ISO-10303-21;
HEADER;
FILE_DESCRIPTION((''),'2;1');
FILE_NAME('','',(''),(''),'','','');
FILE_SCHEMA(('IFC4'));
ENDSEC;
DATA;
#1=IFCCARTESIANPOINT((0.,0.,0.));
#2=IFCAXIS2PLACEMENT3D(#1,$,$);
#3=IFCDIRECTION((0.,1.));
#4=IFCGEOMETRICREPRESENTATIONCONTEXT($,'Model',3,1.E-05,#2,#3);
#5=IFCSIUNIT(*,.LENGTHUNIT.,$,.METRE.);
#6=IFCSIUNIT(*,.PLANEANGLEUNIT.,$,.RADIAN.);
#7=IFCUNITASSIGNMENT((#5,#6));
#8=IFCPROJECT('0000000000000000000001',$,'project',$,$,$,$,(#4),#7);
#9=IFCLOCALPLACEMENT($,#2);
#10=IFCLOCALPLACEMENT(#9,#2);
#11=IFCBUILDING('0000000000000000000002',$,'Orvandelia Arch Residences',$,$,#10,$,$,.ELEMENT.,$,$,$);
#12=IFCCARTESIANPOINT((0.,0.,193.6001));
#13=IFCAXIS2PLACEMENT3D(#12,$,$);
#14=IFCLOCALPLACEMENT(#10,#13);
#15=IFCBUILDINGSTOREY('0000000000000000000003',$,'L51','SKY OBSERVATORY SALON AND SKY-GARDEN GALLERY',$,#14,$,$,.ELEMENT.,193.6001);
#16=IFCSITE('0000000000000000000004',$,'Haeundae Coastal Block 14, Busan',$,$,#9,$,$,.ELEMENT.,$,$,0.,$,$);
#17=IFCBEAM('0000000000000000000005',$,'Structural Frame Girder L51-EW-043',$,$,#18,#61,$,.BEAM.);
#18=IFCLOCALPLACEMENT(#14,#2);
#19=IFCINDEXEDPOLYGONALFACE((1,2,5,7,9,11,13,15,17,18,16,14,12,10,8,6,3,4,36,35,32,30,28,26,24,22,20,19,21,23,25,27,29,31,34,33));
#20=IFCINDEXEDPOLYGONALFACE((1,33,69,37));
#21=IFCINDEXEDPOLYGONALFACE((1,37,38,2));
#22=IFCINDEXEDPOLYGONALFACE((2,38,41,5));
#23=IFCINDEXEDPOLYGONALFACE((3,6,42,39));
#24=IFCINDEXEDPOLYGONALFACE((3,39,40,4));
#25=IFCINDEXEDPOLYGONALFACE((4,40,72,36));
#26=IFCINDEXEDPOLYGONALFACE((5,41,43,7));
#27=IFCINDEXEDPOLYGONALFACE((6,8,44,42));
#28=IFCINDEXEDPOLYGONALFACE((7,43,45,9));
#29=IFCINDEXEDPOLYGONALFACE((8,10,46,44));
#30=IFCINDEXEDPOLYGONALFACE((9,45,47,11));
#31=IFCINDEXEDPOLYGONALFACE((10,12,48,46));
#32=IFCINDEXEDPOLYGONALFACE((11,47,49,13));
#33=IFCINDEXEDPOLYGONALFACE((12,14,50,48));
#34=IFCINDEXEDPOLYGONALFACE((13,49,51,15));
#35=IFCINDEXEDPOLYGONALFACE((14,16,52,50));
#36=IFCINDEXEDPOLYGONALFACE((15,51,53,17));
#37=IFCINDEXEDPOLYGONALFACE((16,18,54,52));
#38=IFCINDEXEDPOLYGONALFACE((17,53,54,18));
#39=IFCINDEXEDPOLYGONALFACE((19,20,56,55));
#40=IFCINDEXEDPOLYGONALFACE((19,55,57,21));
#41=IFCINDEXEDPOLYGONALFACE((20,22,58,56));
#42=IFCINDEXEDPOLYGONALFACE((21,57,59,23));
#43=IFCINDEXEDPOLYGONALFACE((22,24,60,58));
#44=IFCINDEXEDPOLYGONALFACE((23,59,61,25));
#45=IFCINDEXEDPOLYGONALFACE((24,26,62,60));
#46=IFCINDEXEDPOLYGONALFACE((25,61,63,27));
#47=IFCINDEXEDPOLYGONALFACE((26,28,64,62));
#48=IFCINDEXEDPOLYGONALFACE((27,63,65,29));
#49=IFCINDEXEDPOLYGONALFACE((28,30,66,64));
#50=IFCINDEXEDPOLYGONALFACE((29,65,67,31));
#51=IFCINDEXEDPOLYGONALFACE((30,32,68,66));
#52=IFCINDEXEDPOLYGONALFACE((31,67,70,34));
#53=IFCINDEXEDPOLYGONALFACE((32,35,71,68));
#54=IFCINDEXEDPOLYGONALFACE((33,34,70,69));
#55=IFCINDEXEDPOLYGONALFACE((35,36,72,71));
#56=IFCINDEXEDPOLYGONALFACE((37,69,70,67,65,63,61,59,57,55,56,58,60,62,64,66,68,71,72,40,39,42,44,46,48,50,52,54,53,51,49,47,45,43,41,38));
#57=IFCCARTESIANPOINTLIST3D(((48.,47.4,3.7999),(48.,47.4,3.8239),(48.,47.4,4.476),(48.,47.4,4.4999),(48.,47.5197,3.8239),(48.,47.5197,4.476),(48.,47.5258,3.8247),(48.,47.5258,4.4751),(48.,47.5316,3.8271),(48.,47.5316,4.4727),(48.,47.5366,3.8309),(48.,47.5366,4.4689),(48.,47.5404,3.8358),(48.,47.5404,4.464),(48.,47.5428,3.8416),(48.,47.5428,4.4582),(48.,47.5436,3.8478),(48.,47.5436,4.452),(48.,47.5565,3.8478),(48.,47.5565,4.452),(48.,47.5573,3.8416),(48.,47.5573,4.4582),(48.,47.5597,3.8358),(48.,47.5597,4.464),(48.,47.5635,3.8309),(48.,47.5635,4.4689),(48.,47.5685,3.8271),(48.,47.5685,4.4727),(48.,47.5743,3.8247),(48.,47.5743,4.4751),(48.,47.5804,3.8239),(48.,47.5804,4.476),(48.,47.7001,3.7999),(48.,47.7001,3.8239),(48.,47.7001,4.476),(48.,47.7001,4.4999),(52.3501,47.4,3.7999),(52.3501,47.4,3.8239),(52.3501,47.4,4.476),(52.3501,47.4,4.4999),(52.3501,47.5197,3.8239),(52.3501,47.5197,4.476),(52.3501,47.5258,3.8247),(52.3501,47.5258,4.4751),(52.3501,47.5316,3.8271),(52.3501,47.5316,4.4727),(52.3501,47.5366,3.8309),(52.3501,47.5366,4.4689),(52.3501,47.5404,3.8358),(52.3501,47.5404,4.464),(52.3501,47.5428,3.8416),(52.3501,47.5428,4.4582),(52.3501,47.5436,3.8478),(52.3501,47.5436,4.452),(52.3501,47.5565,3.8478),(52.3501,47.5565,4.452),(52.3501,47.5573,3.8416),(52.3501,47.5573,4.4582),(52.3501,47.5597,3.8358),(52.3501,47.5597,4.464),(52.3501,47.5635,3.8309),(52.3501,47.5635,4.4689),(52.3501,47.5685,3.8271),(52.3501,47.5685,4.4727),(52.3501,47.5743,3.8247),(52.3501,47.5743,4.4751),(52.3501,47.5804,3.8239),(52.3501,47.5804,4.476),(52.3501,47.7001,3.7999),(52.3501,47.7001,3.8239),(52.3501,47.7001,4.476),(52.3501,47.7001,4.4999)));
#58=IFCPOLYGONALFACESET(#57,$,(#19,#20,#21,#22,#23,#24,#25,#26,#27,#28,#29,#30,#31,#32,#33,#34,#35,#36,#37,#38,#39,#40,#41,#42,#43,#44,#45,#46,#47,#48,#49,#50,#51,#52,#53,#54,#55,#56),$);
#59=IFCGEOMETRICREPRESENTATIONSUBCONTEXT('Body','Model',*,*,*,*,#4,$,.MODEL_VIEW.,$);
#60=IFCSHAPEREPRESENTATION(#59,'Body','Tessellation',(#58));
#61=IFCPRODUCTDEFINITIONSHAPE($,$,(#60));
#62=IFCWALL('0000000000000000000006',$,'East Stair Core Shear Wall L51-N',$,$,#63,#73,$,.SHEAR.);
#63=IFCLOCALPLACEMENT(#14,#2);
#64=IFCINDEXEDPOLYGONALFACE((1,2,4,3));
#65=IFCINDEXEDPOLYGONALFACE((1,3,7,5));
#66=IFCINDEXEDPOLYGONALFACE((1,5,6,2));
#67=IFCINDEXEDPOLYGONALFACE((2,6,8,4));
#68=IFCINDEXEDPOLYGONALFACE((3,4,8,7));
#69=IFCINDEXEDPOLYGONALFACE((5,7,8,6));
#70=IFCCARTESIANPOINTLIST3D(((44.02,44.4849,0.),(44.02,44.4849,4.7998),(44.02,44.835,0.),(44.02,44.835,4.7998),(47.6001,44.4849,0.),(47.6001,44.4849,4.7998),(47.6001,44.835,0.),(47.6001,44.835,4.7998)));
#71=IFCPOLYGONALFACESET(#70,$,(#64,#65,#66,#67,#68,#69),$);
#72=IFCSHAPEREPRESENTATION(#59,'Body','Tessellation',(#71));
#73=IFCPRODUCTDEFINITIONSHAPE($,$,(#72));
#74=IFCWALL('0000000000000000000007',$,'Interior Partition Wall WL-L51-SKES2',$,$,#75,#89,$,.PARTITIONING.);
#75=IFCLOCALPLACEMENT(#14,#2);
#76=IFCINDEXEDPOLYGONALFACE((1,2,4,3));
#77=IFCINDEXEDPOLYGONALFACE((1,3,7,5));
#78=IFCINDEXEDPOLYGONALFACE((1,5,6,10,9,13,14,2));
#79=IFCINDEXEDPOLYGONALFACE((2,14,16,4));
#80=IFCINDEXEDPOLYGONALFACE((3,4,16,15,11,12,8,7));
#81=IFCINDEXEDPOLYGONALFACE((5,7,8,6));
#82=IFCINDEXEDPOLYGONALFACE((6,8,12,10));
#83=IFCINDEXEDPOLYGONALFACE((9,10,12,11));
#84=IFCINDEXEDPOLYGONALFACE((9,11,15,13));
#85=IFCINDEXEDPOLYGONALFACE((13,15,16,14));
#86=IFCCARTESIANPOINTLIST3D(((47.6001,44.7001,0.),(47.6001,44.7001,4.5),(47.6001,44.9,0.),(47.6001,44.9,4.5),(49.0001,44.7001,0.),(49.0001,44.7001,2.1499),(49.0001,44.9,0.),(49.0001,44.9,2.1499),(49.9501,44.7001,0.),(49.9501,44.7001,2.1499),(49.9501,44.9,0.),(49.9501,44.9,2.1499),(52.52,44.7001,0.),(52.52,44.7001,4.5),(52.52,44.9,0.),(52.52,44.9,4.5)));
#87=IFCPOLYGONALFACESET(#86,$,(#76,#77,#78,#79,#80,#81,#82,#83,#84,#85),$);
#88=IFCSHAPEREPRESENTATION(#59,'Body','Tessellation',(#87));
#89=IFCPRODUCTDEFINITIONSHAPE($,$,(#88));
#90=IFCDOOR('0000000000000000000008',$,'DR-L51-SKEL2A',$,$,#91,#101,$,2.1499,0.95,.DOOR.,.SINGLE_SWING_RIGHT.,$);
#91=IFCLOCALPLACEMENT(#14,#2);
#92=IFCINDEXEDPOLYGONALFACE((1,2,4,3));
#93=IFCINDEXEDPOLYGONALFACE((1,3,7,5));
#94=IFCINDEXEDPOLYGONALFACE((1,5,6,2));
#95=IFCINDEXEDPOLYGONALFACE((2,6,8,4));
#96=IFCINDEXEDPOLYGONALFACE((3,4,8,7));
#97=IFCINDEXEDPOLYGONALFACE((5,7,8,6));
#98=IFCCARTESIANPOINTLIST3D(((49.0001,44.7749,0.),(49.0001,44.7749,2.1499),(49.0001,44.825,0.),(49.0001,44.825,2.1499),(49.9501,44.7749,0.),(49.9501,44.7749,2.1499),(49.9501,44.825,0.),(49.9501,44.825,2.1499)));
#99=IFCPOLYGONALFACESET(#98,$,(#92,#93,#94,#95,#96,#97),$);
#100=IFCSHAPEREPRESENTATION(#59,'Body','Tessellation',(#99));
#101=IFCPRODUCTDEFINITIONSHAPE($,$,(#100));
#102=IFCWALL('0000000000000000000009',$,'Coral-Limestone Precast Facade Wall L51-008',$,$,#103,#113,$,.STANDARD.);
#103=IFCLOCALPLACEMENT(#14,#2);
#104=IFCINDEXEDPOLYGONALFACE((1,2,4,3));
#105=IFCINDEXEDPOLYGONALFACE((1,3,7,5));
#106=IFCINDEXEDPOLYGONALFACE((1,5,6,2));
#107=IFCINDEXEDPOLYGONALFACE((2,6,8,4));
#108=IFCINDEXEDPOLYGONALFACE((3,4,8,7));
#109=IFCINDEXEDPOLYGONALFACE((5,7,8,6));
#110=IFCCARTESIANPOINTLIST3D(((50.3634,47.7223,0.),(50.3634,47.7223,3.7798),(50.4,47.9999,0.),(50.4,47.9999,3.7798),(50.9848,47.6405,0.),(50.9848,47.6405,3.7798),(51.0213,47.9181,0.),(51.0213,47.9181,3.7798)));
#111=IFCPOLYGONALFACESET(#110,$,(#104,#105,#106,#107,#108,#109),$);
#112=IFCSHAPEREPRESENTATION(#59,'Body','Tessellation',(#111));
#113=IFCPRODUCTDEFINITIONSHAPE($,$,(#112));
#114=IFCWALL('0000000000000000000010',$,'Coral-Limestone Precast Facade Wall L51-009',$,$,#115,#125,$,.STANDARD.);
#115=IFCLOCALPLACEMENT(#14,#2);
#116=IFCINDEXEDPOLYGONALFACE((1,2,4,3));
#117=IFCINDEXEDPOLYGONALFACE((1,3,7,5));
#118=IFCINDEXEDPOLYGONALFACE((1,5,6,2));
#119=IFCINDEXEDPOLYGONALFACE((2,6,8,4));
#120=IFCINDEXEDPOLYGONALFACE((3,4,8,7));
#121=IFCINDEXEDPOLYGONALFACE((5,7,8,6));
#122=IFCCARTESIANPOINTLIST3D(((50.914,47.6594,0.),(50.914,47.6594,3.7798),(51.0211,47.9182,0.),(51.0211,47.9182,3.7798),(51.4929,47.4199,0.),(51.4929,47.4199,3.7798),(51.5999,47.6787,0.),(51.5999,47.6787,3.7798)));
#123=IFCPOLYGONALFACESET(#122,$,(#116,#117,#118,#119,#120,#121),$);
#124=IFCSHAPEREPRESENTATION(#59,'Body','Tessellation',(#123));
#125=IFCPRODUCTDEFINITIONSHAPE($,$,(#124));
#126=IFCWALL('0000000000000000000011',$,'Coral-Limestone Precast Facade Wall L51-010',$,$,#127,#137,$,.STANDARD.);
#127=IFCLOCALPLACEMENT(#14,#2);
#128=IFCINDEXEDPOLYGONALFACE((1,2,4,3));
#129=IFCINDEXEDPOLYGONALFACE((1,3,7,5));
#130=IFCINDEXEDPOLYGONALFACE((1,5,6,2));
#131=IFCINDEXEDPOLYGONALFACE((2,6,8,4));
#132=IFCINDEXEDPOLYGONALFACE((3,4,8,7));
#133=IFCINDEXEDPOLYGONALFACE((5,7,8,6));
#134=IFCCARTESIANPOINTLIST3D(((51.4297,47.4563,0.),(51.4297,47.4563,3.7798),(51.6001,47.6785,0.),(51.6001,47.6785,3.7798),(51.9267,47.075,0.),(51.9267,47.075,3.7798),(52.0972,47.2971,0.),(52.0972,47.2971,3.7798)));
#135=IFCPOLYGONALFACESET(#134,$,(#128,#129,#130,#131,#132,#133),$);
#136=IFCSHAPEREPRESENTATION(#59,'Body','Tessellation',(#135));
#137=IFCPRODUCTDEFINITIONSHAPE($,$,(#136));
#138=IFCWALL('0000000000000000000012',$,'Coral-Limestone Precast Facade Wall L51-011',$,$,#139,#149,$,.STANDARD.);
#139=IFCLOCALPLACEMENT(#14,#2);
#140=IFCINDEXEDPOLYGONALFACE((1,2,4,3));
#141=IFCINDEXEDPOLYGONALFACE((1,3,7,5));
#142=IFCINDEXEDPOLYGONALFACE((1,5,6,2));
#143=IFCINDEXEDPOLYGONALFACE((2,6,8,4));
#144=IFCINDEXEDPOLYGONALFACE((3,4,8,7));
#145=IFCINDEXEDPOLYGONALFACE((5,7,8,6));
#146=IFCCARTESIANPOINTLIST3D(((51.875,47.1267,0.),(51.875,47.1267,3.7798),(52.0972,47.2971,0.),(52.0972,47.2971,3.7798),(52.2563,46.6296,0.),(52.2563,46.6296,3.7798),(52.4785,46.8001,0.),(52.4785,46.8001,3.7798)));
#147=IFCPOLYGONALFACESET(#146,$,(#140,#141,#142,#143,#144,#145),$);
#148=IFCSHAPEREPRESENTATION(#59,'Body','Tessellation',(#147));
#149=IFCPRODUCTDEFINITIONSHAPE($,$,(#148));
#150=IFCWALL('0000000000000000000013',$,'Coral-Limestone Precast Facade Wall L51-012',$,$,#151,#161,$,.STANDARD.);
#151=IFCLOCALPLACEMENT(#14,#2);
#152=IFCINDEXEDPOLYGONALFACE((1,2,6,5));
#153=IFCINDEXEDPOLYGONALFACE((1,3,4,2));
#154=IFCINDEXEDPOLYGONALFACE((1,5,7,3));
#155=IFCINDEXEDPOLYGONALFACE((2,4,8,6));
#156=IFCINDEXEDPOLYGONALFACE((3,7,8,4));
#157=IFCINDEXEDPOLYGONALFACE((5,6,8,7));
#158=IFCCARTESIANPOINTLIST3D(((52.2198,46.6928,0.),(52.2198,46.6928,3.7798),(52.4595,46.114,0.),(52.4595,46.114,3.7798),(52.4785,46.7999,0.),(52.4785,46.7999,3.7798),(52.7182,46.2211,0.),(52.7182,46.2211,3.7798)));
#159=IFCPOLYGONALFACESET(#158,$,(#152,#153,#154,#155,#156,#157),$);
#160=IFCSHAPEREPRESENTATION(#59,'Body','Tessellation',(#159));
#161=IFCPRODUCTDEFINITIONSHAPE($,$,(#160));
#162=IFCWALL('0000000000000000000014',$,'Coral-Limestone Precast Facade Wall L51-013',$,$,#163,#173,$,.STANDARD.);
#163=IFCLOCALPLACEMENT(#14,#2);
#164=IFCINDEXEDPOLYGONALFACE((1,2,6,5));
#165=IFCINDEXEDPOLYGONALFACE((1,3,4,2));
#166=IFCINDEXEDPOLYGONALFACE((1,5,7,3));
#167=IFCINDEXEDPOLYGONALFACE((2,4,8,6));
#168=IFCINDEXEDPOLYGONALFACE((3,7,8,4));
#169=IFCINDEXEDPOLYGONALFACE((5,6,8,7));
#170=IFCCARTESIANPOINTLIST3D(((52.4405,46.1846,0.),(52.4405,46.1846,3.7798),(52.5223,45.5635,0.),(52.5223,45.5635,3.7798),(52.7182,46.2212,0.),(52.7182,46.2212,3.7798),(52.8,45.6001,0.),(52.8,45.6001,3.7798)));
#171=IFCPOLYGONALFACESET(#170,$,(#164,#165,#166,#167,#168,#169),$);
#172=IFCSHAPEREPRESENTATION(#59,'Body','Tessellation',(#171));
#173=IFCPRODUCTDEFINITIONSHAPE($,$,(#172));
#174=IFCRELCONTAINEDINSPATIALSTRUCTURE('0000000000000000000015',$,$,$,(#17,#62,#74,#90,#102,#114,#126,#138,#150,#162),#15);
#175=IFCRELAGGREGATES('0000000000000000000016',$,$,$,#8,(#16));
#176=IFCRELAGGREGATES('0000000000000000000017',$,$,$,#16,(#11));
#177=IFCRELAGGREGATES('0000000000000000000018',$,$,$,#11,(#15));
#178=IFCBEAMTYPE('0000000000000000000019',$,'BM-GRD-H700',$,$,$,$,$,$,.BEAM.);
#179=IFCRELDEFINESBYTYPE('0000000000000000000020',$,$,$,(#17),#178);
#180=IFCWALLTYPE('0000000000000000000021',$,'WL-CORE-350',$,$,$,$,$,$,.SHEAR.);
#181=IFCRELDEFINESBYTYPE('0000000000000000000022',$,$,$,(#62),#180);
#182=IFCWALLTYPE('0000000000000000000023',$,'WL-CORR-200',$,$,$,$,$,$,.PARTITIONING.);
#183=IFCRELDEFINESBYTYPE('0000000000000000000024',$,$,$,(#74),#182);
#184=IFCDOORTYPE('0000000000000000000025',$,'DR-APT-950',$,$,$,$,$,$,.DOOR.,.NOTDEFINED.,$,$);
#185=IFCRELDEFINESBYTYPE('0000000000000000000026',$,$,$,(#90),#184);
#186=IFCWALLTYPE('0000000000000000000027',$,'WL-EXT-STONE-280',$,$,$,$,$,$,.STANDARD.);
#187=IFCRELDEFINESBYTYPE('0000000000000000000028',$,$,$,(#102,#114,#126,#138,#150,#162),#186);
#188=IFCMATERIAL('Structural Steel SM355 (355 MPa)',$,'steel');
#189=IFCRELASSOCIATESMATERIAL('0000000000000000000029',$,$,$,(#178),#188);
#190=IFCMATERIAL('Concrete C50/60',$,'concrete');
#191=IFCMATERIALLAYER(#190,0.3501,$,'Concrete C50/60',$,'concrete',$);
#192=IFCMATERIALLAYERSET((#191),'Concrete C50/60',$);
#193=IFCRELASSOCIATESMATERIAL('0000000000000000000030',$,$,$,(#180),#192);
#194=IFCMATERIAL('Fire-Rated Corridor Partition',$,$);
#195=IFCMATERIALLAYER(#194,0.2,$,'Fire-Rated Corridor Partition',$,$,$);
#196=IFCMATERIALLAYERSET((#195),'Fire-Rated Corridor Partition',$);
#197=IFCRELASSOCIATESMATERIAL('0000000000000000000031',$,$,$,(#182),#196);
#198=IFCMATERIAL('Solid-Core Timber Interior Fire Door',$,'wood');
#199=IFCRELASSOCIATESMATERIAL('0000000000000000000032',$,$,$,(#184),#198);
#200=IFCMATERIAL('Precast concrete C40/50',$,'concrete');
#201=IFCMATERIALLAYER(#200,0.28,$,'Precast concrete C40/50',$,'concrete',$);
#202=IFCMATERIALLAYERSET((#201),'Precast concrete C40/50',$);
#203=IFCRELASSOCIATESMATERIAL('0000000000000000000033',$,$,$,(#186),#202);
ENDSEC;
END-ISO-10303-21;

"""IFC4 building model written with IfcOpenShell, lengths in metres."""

from ifc_helpers import new_model, si_unit, direction, frame, frame_2d, origin, origin_2d, place, context, subcontext, project, spatial, rectangle, i_section, extrude, material, layer, layer_set, material_profile, profile_set, type_object, element, fill, save


model = new_model("IFC4")

# Units and contexts
model_context = context("Model", 3, precision=1e-05, world=origin(), true_north=direction((0.0, 1.0)))
body_context = subcontext(model_context, "Body", "Model", "MODEL_VIEW")
ifc_project = project(units=[si_unit("LENGTHUNIT", "METRE"), si_unit("PLANEANGLEUNIT", "RADIAN")], contexts=[model_context])

# Site, building, storey
site_placement = place(None, origin())
site = spatial("IfcSite", under=ifc_project, at=site_placement, Name="Haeundae Coastal Block 14, Busan", CompositionType="ELEMENT", RefElevation=0.0)
building_placement = place(site_placement, origin())
building = spatial("IfcBuilding", under=site, at=building_placement, Name="Orvandelia Arch Residences", CompositionType="ELEMENT")
storey_placement = place(building_placement, frame((0.0, 0.0, 193.6001)))
storey = spatial("IfcBuildingStorey", under=building, at=storey_placement, Name="L51", Description="SKY OBSERVATORY SALON AND SKY-GARDEN GALLERY", CompositionType="ELEMENT", Elevation=193.6001)

# Beam
ifc_material_1 = material(Name="Structural Steel SM355 (355 MPa)", Category="steel")
ifc_material_profile_1 = material_profile(ifc_material_1, i_section(OverallWidth=0.3, OverallDepth=0.7, WebThickness=0.0129, FlangeThickness=0.0239, FilletRadius=0.0239, at=origin_2d()), Name="Structural Steel SM355 (355 MPa)", Category="steel")
ifc_profile_set_1 = profile_set([ifc_material_profile_1], Name="Structural Steel SM355 (355 MPa)")
beam_type = type_object("IfcBeamType", Name="BM-GRD-H700", PredefinedType="BEAM", material=ifc_profile_set_1)
beam_1_placement = place(storey_placement, frame((48.0, 47.55, 4.1499), z_axis=(1.0, 0.0, 0.0), x_axis=(0.0, 1.0, 0.0)))
element("IfcBeam", 1, at=beam_1_placement, inside=storey, type_object=beam_type, Name="Structural Frame Girder L51-EW-043", PredefinedType="BEAM", context=body_context, shape_type="SweptSolid", body=[
    extrude(i_section(OverallWidth=0.3, OverallDepth=0.7, WebThickness=0.0129, FlangeThickness=0.0239, FilletRadius=0.0239, at=origin_2d()), origin(), (0.0, 0.0, 1.0), 4.3501),
])

# Wall
ifc_material_2 = material(Name="Concrete C50/60", Category="concrete")
ifc_layer_1 = layer(ifc_material_2, 0.3501, Name="Concrete C50/60", Category="concrete")
ifc_layer_set_1 = layer_set([ifc_layer_1], Name="Concrete C50/60")
wall_type_1 = type_object("IfcWallType", Name="WL-CORE-350", PredefinedType="SHEAR", material=ifc_layer_set_1)
wall_1_placement = place(storey_placement, frame((44.02, 44.6599, 0.0), z_axis=(0.0, 0.0, 1.0), x_axis=(1.0, 0.0, 0.0)))
element("IfcWall", 2, at=wall_1_placement, inside=storey, type_object=wall_type_1, Name="East Stair Core Shear Wall L51-N", PredefinedType="SHEAR", context=body_context, shape_type="SweptSolid", body=[
    extrude(rectangle(XDim=3.5801, YDim=0.3501, at=frame_2d((1.79, 0.0))), origin(), (0.0, 0.0, 1.0), 4.7998),
])

# Wall, opening, door
ifc_material_3 = material(Name="Fire-Rated Corridor Partition")
ifc_layer_2 = layer(ifc_material_3, 0.2, Name="Fire-Rated Corridor Partition")
ifc_layer_set_2 = layer_set([ifc_layer_2], Name="Fire-Rated Corridor Partition")
wall_type_2 = type_object("IfcWallType", Name="WL-CORR-200", PredefinedType="PARTITIONING", material=ifc_layer_set_2)
wall_2_placement = place(storey_placement, frame((47.6001, 44.8, 0.0), z_axis=(0.0, 0.0, 1.0), x_axis=(1.0, 0.0, 0.0)))
wall_2 = element("IfcWall", 3, at=wall_2_placement, inside=storey, type_object=wall_type_2, Name="Interior Partition Wall WL-L51-SKES2", PredefinedType="PARTITIONING", context=body_context, shape_type="SweptSolid", body=[
    extrude(rectangle(XDim=4.9199, YDim=0.2, at=frame_2d((2.46, 0.0))), origin(), (0.0, 0.0, 1.0), 4.5),
])
opening_1_placement = place(wall_2_placement, frame((1.3999, 0.0, 0.0)))
opening_1 = element("IfcOpeningElement", 4, at=opening_1_placement, cuts=wall_2, PredefinedType="OPENING", context=body_context, shape_type="SweptSolid", body=[
    extrude(rectangle(XDim=0.95, YDim=2.1499, at=frame_2d((0.4751, 1.075))), frame((0.0, 0.1099, 0.0), z_axis=(0.0, -1.0, 0.0), x_axis=(1.0, 0.0, 0.0)), (0.0, 0.0, 1.0), 0.22),
])
ifc_material_4 = material(Name="Solid-Core Timber Interior Fire Door", Category="wood")
door_type = type_object("IfcDoorType", Name="DR-APT-950", OperationType="NOTDEFINED", PredefinedType="DOOR", material=ifc_material_4)
door_placement = place(opening_1_placement, origin())
door = element("IfcDoor", 5, at=door_placement, inside=storey, type_object=door_type, Name="DR-L51-SKEL2A", OperationType="SINGLE_SWING_RIGHT", OverallHeight=2.1499, OverallWidth=0.95, PredefinedType="DOOR", context=body_context, shape_type="SweptSolid", body=[
    extrude(rectangle(XDim=0.95, YDim=2.1499, at=frame_2d((0.4751, 1.075))), frame((0.0, 0.0249, 0.0), z_axis=(0.0, -1.0, 0.0), x_axis=(1.0, 0.0, 0.0)), (0.0, 0.0, 1.0), 0.05),
])
fill(opening_1, door)

# Walls
ifc_material_5 = material(Name="Precast concrete C40/50", Category="concrete")
ifc_layer_3 = layer(ifc_material_5, 0.28, Name="Precast concrete C40/50", Category="concrete")
ifc_layer_set_3 = layer_set([ifc_layer_3], Name="Precast concrete C40/50")
wall_type_3 = type_object("IfcWallType", Name="WL-EXT-STONE-280", PredefinedType="STANDARD", material=ifc_layer_set_3)
wall_3_placement = place(storey_placement, frame((50.3816, 47.8611, 0.0), z_axis=(0.0, 0.0, 1.0), x_axis=(0.991448, -0.130505, 0.0)))
element("IfcWall", 6, at=wall_3_placement, inside=storey, type_object=wall_type_3, Name="Coral-Limestone Precast Facade Wall L51-008", PredefinedType="STANDARD", context=body_context, shape_type="SweptSolid", body=[
    extrude(rectangle(XDim=0.6267, YDim=0.28, at=frame_2d((0.3135, 0.0))), origin(), (0.0, 0.0, 1.0), 3.7798),
])
for number, where, z_axis, x_axis, name in (
    (7, (50.9675, 47.7888, 0.0), (0.0, 0.0, 1.0), (0.924031, -0.382317, 0.0), "Coral-Limestone Precast Facade Wall L51-009"),
    (8, (51.5149, 47.5674, 0.0), (0.0, 0.0, 1.0), (0.793406, -0.608693, 0.0), "Coral-Limestone Precast Facade Wall L51-010"),
    (9, (51.9861, 47.2119, 0.0), (0.0, 0.0, 1.0), (0.608693, -0.793406, 0.0), "Coral-Limestone Precast Facade Wall L51-011"),
    (10, (52.3491, 46.7463, 0.0), (0.0, 0.0, 1.0), (0.38265, -0.923893, 0.0), "Coral-Limestone Precast Facade Wall L51-012"),
    (11, (52.5793, 46.2029, 0.0), (0.0, 0.0, 1.0), (0.130555, -0.991441, 0.0), "Coral-Limestone Precast Facade Wall L51-013"),
):
    element("IfcWall", number, at=place(storey_placement, frame(where, z_axis=z_axis, x_axis=x_axis)), inside=storey, type_object=wall_type_3, Name=name, PredefinedType="STANDARD", context=body_context, shape_type="SweptSolid", body=[
        extrude(rectangle(XDim=0.6265, YDim=0.28, at=frame_2d((0.3132, 0.0))), origin(), (0.0, 0.0, 1.0), 3.7798),
    ])

save(model, "model.ifc")
